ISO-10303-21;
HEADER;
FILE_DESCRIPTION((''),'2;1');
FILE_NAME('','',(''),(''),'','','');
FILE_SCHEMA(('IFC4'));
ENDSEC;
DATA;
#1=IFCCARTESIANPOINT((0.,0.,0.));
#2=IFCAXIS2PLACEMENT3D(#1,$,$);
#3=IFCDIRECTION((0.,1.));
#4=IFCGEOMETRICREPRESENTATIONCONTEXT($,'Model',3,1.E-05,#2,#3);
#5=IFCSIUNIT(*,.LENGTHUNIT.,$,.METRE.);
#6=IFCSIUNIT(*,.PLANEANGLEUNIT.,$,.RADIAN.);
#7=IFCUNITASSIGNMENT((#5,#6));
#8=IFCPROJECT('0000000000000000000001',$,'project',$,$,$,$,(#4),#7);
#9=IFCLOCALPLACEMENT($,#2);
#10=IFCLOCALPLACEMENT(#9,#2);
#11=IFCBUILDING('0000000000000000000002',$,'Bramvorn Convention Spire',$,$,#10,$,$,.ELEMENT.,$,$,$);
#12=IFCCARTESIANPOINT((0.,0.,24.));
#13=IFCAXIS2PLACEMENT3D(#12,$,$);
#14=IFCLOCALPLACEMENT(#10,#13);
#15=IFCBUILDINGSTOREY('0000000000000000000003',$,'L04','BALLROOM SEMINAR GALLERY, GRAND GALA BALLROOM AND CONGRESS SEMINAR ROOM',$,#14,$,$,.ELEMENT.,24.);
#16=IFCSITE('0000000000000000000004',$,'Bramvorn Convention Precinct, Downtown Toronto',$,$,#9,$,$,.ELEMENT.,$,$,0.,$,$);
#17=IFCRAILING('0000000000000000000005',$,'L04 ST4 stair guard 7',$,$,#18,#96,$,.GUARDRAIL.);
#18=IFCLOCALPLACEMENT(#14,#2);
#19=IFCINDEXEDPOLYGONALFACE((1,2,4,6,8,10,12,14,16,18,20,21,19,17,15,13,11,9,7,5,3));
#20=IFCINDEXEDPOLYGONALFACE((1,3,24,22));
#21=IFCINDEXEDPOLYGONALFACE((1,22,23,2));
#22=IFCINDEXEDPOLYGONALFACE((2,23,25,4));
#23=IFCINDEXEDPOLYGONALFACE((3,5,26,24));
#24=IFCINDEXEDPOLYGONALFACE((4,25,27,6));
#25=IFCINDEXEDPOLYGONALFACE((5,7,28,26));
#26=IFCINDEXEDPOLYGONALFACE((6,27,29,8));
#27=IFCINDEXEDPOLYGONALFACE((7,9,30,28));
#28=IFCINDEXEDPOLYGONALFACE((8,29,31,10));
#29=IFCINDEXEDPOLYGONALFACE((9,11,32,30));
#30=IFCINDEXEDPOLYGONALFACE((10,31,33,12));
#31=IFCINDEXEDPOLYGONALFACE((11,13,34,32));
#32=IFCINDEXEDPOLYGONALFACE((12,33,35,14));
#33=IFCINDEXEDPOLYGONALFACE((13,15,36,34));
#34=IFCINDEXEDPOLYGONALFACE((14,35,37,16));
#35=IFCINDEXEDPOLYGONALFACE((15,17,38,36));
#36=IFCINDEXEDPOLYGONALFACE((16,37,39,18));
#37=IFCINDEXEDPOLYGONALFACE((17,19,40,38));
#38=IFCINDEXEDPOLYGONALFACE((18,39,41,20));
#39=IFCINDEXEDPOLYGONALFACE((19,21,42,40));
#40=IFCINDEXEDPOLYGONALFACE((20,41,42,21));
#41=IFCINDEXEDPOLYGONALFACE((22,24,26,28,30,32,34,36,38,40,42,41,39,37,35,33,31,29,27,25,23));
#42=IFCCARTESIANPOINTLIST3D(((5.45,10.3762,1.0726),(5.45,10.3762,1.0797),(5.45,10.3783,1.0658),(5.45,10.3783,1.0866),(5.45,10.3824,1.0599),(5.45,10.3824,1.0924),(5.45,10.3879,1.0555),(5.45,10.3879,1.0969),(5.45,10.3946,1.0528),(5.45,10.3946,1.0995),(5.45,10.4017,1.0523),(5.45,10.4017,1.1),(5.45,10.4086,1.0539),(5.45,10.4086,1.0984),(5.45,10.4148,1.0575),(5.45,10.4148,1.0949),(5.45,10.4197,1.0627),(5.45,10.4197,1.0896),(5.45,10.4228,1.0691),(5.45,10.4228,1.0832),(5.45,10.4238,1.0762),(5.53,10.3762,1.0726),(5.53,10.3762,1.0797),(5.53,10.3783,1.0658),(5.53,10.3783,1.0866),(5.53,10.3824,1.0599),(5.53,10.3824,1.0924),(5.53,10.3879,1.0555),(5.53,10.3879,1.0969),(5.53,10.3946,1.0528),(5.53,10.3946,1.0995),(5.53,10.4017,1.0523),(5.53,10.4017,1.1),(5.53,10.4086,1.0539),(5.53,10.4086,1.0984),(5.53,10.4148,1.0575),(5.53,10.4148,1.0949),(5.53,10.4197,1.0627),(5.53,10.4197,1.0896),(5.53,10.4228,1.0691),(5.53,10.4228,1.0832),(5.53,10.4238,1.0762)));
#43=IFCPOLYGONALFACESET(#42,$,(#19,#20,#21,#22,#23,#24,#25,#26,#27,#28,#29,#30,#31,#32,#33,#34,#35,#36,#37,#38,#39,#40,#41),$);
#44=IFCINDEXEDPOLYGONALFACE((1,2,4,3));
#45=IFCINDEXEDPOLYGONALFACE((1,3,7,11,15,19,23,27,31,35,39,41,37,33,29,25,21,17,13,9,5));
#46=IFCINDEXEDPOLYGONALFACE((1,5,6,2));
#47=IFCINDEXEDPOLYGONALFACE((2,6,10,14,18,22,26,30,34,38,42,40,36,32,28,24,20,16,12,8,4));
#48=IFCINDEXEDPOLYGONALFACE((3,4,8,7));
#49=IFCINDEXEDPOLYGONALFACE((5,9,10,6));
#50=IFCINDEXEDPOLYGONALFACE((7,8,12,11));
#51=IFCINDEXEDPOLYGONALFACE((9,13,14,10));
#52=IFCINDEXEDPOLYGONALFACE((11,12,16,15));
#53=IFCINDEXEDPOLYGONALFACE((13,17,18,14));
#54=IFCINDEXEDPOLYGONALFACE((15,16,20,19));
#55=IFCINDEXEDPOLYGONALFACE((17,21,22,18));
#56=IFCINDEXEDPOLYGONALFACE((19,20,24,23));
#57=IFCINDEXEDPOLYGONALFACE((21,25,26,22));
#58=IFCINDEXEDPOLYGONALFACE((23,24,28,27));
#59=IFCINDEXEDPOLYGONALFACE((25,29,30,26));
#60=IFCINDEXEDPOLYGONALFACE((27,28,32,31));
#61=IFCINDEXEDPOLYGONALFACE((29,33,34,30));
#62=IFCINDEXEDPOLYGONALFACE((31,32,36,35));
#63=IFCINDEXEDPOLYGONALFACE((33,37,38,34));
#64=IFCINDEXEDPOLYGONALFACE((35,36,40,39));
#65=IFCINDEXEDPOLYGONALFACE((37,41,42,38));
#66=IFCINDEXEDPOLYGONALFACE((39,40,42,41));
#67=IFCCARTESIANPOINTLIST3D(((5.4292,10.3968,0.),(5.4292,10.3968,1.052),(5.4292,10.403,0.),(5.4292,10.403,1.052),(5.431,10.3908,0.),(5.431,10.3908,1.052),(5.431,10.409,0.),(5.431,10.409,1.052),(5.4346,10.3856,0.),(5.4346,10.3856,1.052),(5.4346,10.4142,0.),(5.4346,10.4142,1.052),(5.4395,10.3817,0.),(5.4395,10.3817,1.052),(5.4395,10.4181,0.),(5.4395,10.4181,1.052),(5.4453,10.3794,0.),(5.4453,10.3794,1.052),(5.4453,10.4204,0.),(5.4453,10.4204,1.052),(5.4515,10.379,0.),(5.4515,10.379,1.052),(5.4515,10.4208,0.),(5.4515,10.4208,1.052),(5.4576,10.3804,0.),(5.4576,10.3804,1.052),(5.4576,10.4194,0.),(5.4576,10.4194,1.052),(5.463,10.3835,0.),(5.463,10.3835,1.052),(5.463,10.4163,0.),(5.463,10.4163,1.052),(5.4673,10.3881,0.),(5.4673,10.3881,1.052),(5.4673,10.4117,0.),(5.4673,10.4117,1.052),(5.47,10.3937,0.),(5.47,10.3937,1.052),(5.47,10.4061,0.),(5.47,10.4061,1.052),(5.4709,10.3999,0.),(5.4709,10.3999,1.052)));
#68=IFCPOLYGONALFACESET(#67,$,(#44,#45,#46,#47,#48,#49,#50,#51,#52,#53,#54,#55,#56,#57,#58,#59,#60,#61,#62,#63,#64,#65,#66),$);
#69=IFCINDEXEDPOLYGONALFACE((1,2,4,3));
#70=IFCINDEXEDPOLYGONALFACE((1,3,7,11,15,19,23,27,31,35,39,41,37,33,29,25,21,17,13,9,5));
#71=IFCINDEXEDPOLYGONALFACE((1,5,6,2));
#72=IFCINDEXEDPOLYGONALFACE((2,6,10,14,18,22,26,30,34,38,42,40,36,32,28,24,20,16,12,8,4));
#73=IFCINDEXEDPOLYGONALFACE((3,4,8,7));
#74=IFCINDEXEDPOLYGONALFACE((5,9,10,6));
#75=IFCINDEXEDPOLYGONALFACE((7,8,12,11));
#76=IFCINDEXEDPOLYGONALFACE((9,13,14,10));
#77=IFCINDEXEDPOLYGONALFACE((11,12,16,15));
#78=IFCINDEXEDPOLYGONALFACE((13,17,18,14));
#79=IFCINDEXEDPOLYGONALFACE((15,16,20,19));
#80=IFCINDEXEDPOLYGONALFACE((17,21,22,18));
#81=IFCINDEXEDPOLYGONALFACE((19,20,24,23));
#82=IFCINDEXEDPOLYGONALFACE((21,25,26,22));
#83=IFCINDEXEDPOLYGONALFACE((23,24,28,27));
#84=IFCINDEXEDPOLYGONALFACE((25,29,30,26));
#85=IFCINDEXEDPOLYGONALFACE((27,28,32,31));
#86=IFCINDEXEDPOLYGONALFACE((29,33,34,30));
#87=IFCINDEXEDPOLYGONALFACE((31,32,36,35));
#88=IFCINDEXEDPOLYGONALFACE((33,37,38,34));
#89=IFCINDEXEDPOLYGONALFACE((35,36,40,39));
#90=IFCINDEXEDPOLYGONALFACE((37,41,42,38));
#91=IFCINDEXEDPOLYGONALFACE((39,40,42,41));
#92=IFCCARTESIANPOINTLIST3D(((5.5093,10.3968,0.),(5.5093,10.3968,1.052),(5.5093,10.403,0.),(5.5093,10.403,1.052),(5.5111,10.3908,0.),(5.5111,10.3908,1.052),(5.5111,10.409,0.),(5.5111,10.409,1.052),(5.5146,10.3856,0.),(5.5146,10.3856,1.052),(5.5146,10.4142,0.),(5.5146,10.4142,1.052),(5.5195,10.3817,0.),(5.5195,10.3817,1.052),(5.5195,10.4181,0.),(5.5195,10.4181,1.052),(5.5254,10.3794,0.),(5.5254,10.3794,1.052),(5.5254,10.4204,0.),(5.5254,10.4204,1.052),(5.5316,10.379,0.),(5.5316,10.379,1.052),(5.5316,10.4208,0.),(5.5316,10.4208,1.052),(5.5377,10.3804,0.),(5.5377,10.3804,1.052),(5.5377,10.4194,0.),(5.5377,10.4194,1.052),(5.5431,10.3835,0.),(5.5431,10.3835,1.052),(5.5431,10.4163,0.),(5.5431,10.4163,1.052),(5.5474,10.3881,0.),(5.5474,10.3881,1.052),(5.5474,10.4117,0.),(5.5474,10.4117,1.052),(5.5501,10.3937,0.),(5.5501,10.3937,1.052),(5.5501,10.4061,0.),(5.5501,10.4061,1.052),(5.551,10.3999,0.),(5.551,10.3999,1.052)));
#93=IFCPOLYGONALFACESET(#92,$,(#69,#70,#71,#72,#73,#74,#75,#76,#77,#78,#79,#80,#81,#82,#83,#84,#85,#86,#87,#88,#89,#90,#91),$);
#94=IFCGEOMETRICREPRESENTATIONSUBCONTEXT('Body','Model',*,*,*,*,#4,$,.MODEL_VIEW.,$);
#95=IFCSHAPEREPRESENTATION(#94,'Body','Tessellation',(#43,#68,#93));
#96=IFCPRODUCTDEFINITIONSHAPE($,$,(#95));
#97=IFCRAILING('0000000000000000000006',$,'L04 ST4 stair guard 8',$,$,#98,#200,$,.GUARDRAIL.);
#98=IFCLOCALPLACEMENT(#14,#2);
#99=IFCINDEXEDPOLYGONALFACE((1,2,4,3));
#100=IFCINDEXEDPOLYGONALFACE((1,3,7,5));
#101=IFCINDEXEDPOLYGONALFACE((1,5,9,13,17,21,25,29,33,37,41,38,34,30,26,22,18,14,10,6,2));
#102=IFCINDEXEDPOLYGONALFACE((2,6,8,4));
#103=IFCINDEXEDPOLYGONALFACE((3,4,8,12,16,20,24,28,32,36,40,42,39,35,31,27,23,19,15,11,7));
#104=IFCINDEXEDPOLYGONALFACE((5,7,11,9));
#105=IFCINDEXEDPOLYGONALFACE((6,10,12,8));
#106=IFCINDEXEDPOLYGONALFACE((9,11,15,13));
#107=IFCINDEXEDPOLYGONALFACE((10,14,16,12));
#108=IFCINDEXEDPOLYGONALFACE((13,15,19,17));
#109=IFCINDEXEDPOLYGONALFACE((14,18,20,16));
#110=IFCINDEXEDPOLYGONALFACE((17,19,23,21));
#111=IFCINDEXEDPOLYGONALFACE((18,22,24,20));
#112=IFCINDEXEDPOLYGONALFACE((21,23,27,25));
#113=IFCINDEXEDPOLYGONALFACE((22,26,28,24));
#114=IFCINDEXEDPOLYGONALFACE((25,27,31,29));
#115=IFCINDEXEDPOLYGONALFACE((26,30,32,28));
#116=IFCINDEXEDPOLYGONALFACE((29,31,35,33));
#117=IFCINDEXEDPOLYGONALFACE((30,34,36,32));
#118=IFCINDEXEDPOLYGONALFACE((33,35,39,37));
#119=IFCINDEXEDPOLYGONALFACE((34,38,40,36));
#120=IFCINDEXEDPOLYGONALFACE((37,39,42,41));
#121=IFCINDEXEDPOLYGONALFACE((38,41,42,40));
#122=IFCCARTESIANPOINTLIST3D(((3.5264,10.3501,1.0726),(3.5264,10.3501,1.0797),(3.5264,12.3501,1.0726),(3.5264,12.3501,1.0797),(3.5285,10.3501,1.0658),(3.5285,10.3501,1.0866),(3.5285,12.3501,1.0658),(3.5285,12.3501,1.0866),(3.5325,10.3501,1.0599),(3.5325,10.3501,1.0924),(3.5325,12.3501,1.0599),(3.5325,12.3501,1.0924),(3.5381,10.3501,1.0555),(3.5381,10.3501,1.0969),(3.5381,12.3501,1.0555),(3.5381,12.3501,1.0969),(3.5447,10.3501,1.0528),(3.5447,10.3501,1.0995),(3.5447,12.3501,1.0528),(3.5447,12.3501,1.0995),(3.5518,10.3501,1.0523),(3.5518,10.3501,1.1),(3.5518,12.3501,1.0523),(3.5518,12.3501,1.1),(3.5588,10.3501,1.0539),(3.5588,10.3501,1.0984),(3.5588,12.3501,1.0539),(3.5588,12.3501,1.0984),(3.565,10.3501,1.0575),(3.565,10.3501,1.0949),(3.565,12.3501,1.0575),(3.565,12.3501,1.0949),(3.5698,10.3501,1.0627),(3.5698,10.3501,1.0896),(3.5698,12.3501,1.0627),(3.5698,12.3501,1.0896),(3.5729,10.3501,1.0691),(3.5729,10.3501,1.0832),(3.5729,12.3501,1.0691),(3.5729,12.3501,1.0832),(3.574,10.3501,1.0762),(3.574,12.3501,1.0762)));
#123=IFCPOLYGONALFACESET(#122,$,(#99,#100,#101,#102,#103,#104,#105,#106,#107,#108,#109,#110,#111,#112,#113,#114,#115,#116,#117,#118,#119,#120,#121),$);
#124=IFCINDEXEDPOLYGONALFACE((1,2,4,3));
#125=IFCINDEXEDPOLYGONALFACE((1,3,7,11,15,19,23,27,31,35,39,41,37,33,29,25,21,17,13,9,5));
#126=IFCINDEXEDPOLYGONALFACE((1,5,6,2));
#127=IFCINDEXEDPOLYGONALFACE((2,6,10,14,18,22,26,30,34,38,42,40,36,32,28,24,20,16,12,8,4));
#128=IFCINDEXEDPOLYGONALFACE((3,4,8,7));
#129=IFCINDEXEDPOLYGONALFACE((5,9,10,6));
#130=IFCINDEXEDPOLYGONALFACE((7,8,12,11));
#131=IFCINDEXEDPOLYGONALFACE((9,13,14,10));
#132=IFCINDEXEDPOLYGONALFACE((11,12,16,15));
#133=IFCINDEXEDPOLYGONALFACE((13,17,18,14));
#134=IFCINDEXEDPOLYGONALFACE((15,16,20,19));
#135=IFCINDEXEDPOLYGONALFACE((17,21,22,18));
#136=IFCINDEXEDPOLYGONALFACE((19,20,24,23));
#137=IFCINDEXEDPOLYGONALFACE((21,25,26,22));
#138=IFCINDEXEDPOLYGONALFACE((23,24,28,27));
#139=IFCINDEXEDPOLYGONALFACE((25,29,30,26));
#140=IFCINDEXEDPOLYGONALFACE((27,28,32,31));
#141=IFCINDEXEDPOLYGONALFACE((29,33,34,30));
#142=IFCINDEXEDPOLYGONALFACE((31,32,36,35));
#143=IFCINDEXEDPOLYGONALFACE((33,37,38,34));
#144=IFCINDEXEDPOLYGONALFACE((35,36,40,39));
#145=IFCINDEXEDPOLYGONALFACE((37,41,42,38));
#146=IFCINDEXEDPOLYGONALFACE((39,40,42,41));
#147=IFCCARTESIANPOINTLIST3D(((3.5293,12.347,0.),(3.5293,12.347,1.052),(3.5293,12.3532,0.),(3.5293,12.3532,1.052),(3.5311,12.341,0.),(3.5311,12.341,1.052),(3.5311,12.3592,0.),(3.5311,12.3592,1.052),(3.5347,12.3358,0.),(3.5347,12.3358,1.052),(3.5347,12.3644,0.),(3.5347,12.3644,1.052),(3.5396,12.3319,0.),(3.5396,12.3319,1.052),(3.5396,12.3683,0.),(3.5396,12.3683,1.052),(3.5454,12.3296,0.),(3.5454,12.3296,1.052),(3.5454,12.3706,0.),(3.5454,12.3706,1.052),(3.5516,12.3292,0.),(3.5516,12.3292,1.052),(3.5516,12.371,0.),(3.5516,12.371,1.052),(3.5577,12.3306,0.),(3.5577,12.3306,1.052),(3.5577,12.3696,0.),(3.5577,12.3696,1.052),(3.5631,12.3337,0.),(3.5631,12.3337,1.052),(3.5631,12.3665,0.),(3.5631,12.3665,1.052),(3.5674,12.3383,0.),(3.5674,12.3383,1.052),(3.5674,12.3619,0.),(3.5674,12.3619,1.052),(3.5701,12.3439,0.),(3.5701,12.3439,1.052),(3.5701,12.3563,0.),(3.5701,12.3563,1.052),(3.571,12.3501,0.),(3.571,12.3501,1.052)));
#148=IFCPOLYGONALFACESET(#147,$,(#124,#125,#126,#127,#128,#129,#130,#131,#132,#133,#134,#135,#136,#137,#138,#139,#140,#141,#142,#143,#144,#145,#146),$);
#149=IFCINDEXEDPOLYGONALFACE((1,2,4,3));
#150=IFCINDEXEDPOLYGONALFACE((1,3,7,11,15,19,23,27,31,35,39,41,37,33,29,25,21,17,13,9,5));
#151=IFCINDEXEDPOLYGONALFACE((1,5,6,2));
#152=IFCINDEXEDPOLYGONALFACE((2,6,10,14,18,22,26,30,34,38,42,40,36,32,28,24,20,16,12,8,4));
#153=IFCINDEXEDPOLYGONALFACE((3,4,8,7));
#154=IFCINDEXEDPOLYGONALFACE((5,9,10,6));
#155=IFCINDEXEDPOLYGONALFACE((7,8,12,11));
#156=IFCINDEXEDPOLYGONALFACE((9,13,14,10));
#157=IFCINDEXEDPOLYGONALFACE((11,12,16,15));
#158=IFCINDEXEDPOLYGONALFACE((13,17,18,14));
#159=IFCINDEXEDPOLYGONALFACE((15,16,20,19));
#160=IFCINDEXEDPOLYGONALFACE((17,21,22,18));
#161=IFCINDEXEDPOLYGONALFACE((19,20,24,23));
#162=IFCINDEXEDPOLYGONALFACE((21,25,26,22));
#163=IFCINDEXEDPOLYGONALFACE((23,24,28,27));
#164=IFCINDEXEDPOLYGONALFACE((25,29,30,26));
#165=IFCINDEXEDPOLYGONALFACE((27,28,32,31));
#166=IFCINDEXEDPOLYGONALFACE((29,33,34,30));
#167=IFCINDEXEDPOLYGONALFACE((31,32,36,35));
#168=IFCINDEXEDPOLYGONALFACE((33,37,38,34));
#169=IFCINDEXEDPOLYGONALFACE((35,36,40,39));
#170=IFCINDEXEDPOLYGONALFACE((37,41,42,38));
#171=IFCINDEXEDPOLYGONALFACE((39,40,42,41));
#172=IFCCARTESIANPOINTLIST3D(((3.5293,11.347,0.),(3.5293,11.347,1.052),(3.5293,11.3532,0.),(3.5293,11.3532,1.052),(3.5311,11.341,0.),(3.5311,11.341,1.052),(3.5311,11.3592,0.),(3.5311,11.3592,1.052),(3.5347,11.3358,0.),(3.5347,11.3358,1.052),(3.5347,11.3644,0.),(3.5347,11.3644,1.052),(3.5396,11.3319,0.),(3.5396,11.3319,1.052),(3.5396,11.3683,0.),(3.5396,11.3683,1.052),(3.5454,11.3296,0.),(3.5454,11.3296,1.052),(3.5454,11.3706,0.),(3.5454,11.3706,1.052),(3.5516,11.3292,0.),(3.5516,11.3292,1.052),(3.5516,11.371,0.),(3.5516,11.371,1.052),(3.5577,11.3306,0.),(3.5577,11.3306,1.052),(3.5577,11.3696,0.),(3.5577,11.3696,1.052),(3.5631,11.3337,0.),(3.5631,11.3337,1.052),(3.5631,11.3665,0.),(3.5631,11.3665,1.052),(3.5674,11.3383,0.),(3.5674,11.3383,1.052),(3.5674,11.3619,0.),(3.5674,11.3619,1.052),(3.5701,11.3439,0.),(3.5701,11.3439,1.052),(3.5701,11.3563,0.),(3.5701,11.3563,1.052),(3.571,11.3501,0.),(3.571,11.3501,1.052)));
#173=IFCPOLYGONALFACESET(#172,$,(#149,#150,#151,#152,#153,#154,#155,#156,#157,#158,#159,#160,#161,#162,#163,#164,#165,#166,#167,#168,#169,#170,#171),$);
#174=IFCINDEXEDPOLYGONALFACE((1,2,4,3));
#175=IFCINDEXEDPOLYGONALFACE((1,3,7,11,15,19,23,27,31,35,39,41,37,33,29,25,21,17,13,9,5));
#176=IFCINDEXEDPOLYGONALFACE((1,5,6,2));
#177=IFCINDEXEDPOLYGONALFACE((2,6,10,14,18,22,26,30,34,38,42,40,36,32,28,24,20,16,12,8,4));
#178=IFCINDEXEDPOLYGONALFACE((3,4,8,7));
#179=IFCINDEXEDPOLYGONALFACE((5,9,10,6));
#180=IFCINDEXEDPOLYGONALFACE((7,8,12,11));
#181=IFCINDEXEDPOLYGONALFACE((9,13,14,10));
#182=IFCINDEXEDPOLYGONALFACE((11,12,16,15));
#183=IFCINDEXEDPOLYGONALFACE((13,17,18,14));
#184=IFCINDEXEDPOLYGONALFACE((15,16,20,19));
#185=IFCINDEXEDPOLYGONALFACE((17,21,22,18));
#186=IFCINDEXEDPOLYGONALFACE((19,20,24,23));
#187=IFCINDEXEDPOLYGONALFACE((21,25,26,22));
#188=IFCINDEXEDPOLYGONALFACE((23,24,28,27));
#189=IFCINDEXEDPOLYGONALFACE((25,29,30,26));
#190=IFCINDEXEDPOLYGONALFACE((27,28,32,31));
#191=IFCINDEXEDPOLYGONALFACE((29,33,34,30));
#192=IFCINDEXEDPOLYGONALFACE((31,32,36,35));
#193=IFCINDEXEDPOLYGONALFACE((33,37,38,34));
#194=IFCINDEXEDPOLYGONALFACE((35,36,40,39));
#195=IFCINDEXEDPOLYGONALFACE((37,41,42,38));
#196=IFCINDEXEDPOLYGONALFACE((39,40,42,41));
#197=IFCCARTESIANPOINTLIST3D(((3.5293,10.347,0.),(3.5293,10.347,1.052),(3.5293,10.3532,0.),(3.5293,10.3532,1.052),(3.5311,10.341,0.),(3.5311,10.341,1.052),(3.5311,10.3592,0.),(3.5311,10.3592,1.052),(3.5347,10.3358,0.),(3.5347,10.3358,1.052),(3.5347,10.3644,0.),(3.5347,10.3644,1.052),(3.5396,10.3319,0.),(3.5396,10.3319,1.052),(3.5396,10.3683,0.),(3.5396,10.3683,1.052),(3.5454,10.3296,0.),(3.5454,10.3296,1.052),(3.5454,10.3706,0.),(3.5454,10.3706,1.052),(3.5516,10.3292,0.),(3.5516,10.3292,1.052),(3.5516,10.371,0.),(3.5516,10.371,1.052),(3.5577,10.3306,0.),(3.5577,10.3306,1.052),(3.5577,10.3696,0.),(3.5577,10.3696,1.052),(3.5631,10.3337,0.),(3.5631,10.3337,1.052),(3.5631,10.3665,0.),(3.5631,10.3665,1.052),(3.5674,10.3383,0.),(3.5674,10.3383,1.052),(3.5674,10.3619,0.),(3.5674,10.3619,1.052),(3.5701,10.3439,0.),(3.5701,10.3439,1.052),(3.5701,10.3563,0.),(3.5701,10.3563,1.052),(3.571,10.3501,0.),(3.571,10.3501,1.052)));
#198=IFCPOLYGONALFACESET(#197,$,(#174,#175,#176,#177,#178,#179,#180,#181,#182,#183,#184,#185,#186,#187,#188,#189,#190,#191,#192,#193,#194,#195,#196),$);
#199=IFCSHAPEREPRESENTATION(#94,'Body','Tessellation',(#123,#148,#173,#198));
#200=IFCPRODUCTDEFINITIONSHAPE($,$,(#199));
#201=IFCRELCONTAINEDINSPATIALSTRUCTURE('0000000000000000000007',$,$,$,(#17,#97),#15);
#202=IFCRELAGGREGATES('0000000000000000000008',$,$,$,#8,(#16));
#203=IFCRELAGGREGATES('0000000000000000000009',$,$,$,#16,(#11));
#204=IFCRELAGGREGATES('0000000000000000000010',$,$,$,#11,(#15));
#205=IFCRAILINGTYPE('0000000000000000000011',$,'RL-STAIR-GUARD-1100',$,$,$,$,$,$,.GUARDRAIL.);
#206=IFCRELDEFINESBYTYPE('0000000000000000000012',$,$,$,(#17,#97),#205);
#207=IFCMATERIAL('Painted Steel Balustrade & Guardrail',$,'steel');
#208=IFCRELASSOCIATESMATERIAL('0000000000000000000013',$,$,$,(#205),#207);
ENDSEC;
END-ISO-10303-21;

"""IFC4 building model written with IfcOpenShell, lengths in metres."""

from ifc_helpers import new_model, si_unit, direction, frame, origin, origin_2d, place, context, subcontext, project, spatial, circle, extrude, material, type_object, element, save


model = new_model("IFC4")

# Units and contexts
model_context = context("Model", 3, precision=1e-05, world=origin(), true_north=direction((0.0, 1.0)))
body_context = subcontext(model_context, "Body", "Model", "MODEL_VIEW")
ifc_project = project(units=[si_unit("LENGTHUNIT", "METRE"), si_unit("PLANEANGLEUNIT", "RADIAN")], contexts=[model_context])

# Site, building, storey
site_placement = place(None, origin())
site = spatial("IfcSite", under=ifc_project, at=site_placement, Name="Bramvorn Convention Precinct, Downtown Toronto", CompositionType="ELEMENT", RefElevation=0.0)
building_placement = place(site_placement, origin())
building = spatial("IfcBuilding", under=site, at=building_placement, Name="Bramvorn Convention Spire", CompositionType="ELEMENT")
storey_placement = place(building_placement, frame((0.0, 0.0, 24.0)))
storey = spatial("IfcBuildingStorey", under=building, at=storey_placement, Name="L04", Description="BALLROOM SEMINAR GALLERY, GRAND GALA BALLROOM AND CONGRESS SEMINAR ROOM", CompositionType="ELEMENT", Elevation=24.0)

# Railings
ifc_material_1 = material(Name="Painted Steel Balustrade & Guardrail", Category="steel")
railing_type_1 = type_object("IfcRailingType", Name="RL-STAIR-GUARD-1100", PredefinedType="GUARDRAIL", material=ifc_material_1)
railing_1_placement = place(storey_placement, frame((5.45, 10.3999, 0.0)))
element("IfcRailing", 1, at=railing_1_placement, inside=storey, type_object=railing_type_1, Name="L04 ST4 stair guard 7", PredefinedType="GUARDRAIL", context=body_context, shape_type="SweptSolid", body=[
    extrude(circle(Radius=0.0239, at=origin_2d()), frame((0.0, 0.0, 1.0762), z_axis=(1.0, 0.0, 0.0), x_axis=(0.0, 1.0, 0.0)), (0.0, 0.0, 1.0), 0.0801),
    extrude(circle(Radius=0.021, at=origin_2d()), origin(), (0.0, 0.0, 1.0), 1.052),
    extrude(circle(Radius=0.021, at=origin_2d()), frame((0.0801, 0.0, 0.0)), (0.0, 0.0, 1.0), 1.052),
])
for number, where, name in (
    (2, (3.55, 12.3501, 0.0), "L04 ST4 stair guard 8"),
):
    element("IfcRailing", number, at=place(storey_placement, frame(where)), inside=storey, type_object=railing_type_1, Name=name, PredefinedType="GUARDRAIL", context=body_context, shape_type="SweptSolid", body=[
        extrude(circle(Radius=0.0239, at=origin_2d()), frame((0.0, 0.0, 1.0762), z_axis=(0.0, -1.0, 0.0), x_axis=(1.0, 0.0, 0.0)), (0.0, 0.0, 1.0), 2.0),
        extrude(circle(Radius=0.021, at=origin_2d()), origin(), (0.0, 0.0, 1.0), 1.052),
        extrude(circle(Radius=0.021, at=origin_2d()), frame((0.0, -1.0, 0.0)), (0.0, 0.0, 1.0), 1.052),
        extrude(circle(Radius=0.021, at=origin_2d()), frame((0.0, -2.0, 0.0)), (0.0, 0.0, 1.0), 1.052),
    ])

save(model, "model.ifc")
